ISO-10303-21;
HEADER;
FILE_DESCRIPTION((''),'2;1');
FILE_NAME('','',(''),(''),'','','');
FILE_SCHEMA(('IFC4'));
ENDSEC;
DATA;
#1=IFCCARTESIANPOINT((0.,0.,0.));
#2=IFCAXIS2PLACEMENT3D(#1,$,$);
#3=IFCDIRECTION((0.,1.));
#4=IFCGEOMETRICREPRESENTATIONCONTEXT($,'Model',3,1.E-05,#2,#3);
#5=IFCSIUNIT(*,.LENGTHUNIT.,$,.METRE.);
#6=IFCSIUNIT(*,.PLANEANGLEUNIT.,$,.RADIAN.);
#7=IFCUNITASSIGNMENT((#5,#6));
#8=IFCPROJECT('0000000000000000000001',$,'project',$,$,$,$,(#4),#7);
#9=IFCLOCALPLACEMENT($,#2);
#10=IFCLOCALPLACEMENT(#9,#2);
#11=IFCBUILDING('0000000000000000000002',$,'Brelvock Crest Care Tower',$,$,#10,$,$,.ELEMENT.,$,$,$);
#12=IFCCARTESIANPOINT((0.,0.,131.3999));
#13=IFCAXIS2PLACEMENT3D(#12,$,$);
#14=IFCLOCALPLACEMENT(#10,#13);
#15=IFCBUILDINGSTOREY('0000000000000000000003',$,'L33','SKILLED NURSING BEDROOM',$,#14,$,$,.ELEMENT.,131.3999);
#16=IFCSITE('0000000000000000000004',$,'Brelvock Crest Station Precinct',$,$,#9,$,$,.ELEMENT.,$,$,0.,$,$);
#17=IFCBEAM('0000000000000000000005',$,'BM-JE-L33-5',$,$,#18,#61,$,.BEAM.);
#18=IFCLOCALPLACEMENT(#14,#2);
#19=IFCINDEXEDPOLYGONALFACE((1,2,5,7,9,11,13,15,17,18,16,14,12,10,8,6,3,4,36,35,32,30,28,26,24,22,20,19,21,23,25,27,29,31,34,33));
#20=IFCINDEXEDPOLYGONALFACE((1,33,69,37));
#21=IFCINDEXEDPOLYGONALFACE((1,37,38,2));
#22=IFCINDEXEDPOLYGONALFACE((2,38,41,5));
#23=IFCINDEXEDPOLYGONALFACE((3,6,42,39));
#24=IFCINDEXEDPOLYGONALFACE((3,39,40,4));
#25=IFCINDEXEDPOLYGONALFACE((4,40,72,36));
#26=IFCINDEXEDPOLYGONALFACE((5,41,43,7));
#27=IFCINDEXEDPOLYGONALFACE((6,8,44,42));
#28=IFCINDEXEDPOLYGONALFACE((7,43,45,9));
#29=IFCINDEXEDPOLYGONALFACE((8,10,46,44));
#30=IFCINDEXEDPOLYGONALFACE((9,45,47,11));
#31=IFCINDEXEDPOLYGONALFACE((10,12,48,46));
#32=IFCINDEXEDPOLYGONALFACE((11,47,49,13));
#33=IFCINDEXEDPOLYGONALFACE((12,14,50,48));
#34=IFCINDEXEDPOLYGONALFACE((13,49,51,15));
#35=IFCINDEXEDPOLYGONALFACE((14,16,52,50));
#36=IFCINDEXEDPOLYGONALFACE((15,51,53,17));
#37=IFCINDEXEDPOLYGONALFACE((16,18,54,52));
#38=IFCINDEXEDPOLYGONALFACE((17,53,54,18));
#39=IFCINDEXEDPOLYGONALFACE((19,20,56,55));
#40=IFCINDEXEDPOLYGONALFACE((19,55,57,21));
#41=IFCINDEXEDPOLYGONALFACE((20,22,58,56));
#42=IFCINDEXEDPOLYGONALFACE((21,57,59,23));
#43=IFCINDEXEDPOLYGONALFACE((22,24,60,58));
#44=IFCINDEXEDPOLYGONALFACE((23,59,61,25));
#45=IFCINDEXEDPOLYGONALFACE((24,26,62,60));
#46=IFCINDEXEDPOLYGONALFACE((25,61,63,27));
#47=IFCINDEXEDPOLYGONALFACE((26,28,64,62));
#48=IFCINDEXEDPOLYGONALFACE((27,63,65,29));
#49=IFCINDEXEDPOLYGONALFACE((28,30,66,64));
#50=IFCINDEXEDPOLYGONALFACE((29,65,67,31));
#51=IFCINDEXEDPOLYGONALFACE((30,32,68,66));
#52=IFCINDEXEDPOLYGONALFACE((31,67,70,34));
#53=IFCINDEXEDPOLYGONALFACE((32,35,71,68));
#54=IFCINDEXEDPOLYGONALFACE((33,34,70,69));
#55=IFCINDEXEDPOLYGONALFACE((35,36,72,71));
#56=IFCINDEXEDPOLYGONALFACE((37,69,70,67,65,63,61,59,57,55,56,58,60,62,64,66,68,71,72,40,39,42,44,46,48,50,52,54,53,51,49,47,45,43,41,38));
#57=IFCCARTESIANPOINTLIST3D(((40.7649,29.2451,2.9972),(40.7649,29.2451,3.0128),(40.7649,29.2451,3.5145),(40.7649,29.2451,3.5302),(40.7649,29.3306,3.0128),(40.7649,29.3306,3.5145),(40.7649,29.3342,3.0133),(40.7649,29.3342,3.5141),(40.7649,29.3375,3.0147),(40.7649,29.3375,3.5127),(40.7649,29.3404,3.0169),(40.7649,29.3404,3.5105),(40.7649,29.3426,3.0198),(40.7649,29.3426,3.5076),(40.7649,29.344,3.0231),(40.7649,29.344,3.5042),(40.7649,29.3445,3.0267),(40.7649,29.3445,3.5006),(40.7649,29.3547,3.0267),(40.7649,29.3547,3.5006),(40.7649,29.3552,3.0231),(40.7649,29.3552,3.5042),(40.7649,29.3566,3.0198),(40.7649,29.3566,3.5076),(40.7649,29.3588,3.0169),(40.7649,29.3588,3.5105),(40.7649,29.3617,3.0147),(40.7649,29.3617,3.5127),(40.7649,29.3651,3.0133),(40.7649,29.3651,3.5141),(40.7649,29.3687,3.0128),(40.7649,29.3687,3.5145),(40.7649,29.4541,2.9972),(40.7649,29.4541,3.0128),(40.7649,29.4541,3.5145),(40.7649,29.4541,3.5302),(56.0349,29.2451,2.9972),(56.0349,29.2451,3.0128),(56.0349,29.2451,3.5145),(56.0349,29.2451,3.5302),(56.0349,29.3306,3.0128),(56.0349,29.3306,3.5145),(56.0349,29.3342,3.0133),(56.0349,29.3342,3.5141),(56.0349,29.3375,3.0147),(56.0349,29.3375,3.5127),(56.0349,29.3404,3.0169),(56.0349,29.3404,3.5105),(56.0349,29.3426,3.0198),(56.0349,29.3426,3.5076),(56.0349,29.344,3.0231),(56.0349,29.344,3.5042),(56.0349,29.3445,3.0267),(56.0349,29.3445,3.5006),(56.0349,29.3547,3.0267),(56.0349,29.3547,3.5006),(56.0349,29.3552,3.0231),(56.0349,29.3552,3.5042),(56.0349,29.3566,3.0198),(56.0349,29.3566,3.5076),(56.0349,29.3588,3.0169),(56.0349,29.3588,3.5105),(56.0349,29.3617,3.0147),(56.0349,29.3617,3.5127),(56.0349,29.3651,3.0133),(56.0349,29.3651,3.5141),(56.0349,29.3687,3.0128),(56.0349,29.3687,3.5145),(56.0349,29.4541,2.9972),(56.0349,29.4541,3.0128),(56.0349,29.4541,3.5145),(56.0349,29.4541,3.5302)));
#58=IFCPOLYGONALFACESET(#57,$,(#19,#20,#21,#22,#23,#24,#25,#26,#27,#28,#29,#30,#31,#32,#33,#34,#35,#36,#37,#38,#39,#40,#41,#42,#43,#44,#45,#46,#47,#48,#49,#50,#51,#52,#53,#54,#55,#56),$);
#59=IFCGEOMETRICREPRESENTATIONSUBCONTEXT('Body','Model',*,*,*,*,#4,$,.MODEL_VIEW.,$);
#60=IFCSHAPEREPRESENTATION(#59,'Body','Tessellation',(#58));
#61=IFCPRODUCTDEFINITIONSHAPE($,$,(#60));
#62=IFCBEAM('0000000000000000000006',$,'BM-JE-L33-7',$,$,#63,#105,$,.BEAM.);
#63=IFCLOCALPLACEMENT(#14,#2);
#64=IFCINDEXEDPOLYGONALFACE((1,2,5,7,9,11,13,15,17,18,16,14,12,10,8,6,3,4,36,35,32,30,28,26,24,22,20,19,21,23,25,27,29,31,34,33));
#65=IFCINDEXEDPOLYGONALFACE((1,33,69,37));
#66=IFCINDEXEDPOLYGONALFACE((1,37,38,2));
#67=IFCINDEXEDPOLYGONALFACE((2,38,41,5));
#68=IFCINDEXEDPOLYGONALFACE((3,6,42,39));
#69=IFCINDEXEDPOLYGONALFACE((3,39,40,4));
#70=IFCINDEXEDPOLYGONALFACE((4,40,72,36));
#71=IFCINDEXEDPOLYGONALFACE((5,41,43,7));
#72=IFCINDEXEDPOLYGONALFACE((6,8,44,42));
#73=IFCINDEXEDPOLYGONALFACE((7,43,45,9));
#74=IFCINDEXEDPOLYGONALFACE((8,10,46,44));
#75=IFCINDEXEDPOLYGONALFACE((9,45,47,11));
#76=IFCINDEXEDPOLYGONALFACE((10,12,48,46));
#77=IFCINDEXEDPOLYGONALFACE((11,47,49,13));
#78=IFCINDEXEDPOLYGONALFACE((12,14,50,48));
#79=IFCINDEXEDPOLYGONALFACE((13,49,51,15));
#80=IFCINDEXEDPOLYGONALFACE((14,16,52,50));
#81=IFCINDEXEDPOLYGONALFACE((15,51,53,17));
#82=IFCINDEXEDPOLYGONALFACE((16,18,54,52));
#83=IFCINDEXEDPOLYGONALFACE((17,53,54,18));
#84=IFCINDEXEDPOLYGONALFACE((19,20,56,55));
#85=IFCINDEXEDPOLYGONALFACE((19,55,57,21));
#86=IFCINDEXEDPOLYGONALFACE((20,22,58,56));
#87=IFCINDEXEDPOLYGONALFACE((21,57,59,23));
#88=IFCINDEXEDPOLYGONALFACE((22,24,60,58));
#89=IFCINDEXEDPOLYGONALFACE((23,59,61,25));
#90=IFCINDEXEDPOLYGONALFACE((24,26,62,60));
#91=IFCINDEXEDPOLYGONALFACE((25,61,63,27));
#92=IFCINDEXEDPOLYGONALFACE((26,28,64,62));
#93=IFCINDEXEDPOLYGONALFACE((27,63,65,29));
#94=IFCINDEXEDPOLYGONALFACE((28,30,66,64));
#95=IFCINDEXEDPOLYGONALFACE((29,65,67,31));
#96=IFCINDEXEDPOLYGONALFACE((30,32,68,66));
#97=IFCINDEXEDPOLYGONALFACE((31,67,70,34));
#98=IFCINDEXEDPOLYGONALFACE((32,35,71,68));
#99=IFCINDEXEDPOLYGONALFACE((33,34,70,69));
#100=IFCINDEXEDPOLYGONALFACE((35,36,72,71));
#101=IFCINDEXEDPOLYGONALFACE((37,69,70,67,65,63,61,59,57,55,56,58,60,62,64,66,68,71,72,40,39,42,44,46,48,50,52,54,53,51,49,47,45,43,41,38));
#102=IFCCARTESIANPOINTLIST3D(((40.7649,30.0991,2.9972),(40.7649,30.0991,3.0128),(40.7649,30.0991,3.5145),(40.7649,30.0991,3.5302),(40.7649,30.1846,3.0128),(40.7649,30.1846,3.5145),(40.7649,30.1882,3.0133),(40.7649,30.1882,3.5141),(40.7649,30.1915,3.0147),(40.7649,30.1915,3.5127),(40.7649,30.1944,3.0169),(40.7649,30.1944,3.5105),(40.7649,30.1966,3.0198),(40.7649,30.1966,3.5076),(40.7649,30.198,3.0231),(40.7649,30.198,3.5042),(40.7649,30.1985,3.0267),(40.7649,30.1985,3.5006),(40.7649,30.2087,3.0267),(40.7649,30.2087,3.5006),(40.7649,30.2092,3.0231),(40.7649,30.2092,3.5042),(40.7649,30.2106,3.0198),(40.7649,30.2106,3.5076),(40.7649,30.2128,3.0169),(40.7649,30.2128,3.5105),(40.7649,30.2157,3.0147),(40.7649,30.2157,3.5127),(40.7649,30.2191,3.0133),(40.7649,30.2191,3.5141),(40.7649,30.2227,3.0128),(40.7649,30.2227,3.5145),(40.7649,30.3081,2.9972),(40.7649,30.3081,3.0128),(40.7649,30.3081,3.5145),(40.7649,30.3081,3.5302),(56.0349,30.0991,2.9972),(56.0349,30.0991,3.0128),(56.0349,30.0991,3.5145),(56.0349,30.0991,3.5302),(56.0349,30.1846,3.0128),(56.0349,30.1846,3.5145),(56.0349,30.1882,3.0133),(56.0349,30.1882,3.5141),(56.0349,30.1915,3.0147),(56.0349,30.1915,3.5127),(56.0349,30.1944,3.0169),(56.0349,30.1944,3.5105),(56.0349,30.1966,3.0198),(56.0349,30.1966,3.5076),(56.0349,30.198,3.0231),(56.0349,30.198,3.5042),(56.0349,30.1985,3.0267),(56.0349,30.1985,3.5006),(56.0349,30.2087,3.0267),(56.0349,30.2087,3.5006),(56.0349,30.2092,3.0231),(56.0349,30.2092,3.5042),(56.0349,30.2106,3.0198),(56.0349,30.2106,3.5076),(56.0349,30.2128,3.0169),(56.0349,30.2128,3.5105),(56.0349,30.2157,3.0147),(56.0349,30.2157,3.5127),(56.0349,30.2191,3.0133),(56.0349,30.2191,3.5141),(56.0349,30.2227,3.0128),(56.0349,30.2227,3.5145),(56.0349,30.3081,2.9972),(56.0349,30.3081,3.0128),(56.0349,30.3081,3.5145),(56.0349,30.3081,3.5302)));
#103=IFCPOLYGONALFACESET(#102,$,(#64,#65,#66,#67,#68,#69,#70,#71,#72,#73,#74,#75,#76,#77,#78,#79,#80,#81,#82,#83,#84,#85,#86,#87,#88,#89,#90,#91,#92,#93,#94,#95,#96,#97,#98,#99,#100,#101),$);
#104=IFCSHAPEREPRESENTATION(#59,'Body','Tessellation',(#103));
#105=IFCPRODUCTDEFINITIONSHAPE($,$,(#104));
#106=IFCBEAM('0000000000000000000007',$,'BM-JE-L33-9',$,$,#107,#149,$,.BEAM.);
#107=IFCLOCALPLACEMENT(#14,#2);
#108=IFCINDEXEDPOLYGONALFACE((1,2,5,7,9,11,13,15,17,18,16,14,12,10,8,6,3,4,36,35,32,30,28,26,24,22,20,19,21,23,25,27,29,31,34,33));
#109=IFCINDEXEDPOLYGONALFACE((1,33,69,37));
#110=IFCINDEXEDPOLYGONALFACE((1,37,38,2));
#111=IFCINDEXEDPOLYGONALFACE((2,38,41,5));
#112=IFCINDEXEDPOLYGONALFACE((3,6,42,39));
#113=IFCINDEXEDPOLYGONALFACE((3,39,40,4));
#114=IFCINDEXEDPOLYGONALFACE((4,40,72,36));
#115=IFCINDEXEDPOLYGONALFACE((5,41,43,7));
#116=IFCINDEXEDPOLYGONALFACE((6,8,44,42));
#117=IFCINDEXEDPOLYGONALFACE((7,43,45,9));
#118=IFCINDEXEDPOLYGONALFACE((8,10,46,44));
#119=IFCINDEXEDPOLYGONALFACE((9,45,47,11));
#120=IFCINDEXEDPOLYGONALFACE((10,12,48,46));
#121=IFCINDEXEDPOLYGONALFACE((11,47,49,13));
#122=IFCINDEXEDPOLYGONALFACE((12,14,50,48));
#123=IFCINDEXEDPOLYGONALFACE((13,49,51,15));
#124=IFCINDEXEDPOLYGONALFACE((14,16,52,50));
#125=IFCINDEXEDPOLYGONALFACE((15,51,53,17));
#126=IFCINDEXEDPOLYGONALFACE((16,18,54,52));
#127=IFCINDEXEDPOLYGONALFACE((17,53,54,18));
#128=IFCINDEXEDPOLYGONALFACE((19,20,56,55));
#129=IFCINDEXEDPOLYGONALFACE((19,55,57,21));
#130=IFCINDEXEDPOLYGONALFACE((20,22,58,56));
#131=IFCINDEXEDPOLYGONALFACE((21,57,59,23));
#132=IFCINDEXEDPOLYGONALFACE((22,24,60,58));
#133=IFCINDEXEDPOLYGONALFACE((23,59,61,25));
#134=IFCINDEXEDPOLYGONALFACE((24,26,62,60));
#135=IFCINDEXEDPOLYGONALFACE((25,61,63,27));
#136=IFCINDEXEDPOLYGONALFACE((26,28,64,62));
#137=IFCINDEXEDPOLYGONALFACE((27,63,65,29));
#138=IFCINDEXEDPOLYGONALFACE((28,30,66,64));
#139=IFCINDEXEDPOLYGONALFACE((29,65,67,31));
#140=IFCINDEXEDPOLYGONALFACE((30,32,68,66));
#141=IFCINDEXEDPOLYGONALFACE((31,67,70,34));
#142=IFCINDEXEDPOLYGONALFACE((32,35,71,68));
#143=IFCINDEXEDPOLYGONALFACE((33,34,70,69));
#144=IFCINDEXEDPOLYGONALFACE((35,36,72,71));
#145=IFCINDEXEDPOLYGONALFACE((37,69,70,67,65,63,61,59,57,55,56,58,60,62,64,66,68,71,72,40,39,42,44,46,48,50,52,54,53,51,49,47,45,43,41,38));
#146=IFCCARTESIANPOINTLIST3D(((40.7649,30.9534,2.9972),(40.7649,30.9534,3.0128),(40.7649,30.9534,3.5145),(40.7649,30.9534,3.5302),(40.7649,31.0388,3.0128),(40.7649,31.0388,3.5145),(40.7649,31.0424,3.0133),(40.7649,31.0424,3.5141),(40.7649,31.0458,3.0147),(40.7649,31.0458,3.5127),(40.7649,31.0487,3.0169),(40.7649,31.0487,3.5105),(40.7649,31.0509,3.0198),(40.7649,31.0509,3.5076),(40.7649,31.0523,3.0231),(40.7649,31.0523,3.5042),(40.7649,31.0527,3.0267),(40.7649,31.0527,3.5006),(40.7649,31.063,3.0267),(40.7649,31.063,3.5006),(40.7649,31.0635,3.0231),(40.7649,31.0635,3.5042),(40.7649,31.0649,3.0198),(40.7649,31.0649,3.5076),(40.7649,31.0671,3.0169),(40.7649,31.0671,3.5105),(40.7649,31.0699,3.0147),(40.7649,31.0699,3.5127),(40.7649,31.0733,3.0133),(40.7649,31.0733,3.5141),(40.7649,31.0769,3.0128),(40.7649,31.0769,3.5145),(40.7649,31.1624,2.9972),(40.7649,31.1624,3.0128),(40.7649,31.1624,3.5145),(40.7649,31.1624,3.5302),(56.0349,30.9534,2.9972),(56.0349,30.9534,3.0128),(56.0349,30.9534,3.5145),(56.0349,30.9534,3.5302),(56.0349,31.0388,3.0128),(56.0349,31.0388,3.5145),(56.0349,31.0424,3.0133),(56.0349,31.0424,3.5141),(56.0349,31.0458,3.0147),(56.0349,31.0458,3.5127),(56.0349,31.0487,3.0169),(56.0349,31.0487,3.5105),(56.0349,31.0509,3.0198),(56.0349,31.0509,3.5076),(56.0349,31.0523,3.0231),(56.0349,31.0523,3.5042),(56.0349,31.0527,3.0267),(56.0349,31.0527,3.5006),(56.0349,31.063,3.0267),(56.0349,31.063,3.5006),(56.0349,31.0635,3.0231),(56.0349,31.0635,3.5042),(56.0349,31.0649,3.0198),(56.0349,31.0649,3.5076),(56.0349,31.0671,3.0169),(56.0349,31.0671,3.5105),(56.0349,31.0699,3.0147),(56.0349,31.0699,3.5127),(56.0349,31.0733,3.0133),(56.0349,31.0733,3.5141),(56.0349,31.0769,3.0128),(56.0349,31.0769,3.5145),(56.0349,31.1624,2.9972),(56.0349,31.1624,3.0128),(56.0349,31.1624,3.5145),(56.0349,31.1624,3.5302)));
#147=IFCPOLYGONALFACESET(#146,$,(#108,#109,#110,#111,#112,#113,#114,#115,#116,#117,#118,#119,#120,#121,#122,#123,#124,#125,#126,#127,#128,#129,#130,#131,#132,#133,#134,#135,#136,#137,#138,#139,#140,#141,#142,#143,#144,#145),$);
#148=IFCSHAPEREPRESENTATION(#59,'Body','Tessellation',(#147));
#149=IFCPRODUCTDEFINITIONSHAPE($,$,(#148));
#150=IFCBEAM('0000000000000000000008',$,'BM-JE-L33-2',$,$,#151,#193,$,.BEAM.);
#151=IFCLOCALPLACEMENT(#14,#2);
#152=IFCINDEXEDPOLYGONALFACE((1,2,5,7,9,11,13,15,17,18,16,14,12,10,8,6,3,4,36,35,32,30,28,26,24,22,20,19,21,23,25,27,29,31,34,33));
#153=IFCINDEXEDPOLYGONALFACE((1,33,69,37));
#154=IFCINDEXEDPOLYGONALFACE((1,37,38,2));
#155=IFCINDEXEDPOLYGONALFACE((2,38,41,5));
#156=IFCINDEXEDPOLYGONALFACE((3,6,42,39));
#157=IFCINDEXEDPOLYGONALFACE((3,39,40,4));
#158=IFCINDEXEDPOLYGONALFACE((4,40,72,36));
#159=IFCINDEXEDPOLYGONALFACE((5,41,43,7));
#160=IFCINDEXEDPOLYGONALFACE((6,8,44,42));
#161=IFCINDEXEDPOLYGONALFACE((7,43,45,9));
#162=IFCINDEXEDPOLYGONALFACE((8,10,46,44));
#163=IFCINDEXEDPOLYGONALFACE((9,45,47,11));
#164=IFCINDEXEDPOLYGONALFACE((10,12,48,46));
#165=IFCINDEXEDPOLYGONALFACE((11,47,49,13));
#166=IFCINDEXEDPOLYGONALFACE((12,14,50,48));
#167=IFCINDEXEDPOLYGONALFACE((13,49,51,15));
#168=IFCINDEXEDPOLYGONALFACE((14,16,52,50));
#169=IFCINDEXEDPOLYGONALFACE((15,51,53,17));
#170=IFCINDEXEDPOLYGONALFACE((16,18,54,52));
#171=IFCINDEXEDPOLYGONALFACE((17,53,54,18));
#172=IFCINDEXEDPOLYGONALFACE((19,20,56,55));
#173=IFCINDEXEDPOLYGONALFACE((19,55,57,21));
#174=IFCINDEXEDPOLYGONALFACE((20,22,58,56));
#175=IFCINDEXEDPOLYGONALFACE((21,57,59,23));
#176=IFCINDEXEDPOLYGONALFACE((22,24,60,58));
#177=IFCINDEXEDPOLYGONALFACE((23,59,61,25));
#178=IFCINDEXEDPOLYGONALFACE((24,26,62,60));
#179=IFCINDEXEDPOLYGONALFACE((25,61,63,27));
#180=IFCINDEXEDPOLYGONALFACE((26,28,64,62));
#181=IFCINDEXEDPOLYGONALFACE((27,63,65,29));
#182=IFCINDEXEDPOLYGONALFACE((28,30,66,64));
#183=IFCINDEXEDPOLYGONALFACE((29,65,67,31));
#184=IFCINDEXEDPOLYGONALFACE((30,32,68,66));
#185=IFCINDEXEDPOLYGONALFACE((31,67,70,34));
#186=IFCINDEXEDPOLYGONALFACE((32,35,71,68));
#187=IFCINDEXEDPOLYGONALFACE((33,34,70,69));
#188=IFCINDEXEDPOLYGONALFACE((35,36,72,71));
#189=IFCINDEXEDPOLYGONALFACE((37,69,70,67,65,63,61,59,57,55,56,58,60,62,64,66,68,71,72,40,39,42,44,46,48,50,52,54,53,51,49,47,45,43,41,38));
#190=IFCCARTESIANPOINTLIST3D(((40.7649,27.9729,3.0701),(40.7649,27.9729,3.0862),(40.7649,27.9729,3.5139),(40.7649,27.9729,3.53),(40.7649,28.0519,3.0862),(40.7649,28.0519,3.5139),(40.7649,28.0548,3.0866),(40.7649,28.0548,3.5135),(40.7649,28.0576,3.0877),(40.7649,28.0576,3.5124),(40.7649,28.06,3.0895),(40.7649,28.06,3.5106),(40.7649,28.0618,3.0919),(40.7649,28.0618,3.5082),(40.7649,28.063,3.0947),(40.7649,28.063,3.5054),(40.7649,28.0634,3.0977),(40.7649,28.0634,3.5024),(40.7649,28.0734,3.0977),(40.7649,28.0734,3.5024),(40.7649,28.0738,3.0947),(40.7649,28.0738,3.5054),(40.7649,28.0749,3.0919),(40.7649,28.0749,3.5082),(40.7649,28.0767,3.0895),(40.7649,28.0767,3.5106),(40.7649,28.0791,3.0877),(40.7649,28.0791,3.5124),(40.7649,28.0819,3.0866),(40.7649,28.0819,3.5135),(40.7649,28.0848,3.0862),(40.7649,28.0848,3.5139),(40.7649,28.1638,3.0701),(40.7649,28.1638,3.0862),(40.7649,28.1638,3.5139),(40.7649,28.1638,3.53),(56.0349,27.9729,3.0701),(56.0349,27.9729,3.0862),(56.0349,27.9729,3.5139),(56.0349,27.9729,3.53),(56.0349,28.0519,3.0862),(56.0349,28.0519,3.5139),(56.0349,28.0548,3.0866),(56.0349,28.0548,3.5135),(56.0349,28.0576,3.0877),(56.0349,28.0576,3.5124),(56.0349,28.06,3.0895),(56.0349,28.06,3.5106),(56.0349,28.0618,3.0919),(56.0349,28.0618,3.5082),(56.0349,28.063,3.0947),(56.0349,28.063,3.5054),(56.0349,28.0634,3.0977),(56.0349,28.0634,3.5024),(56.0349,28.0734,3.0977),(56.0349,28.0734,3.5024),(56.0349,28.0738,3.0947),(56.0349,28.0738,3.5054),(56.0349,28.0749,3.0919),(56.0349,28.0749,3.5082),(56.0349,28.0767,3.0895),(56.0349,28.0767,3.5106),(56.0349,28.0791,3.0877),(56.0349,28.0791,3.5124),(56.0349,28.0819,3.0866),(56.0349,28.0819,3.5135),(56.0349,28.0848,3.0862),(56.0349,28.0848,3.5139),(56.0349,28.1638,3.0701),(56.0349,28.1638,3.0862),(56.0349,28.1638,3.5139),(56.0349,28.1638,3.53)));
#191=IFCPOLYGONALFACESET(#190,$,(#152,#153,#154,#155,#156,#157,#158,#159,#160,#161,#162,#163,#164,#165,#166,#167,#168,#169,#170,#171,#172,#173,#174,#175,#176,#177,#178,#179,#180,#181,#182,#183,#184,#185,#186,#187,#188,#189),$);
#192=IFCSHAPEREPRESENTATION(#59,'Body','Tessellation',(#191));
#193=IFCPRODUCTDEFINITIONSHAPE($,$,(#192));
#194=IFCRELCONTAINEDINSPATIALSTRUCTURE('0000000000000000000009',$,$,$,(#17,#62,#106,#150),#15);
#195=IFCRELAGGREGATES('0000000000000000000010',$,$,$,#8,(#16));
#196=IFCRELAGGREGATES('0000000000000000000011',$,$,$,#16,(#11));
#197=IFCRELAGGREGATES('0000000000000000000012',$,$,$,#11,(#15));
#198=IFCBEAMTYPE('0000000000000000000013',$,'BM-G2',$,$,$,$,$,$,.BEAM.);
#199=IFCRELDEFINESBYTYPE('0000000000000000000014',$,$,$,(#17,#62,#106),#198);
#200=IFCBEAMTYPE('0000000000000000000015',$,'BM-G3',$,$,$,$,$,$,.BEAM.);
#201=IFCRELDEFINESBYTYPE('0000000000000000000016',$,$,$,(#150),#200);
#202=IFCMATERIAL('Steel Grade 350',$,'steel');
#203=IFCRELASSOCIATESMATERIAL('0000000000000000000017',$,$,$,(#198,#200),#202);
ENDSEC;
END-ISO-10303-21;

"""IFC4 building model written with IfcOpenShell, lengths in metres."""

from ifc_helpers import new_model, si_unit, direction, frame, origin, origin_2d, place, context, subcontext, project, spatial, i_section, extrude, source, transform, mapped, material, material_profile, profile_set, type_object, element, save


model = new_model("IFC4")

# Units and contexts
model_context = context("Model", 3, precision=1e-05, world=origin(), true_north=direction((0.0, 1.0)))
body_context = subcontext(model_context, "Body", "Model", "MODEL_VIEW")
ifc_project = project(units=[si_unit("LENGTHUNIT", "METRE"), si_unit("PLANEANGLEUNIT", "RADIAN")], contexts=[model_context])

# Site, building, storey
site_placement = place(None, origin())
site = spatial("IfcSite", under=ifc_project, at=site_placement, Name="Brelvock Crest Station Precinct", CompositionType="ELEMENT", RefElevation=0.0)
building_placement = place(site_placement, origin())
building = spatial("IfcBuilding", under=site, at=building_placement, Name="Brelvock Crest Care Tower", CompositionType="ELEMENT")
storey_placement = place(building_placement, frame((0.0, 0.0, 131.3999)))
storey = spatial("IfcBuildingStorey", under=building, at=storey_placement, Name="L33", Description="SKILLED NURSING BEDROOM", CompositionType="ELEMENT", Elevation=131.3999)

# Shared definitions
ifc_material_1 = material(Name="Steel Grade 350", Category="steel")

# Beams
ifc_material_profile_1 = material_profile(ifc_material_1, i_section(OverallWidth=0.209, OverallDepth=0.533, WebThickness=0.0103, FlangeThickness=0.0156, FilletRadius=0.0139, at=origin_2d()), Name="530UB92.4")
ifc_profile_set_1 = profile_set([ifc_material_profile_1], Name="Steel Grade 350")
beam_type_1 = type_object("IfcBeamType", Name="BM-G2", PredefinedType="BEAM", material=ifc_profile_set_1)
shared_shape_1 = source(origin(), body_context, "Body", "SweptSolid", [
    extrude(i_section(OverallWidth=0.209, OverallDepth=0.533, WebThickness=0.0103, FlangeThickness=0.0156, FilletRadius=0.0139, at=origin_2d()), origin(), (0.0, 0.0, 1.0), 15.27),
])
for number, where, z_axis, x_axis, name in (
    (1, (40.7649, 29.3496, 3.2637), (1.0, 0.0, 0.0), (0.0, 1.0, 0.0), "BM-JE-L33-5"),
    (2, (40.7649, 30.2036, 3.2637), (1.0, 0.0, 0.0), (0.0, 1.0, 0.0), "BM-JE-L33-7"),
    (3, (40.7649, 31.0579, 3.2637), (1.0, 0.0, 0.0), (0.0, 1.0, 0.0), "BM-JE-L33-9"),
):
    element("IfcBeam", number, at=place(storey_placement, frame(where, z_axis=z_axis, x_axis=x_axis)), inside=storey, type_object=beam_type_1, Name=name, PredefinedType="BEAM", context=body_context, shape_type="MappedRepresentation", body=[
        mapped(shared_shape_1, transform((0.0, 0.0, 0.0), x_axis=(1.0, 0.0, 0.0), y_axis=(0.0, 1.0, 0.0), z_axis=(0.0, 0.0, 1.0), scale=1.0)),
    ])
ifc_material_profile_2 = material_profile(ifc_material_1, i_section(OverallWidth=0.1909, OverallDepth=0.46, WebThickness=0.01, FlangeThickness=0.0161, FilletRadius=0.0115, at=origin_2d()), Name="460UB82.1")
ifc_profile_set_2 = profile_set([ifc_material_profile_2], Name="Steel Grade 350")
beam_type_2 = type_object("IfcBeamType", Name="BM-G3", PredefinedType="BEAM", material=ifc_profile_set_2)
shared_shape_2 = source(origin(), body_context, "Body", "SweptSolid", [
    extrude(i_section(OverallWidth=0.1909, OverallDepth=0.46, WebThickness=0.01, FlangeThickness=0.0161, FilletRadius=0.0115, at=origin_2d()), origin(), (0.0, 0.0, 1.0), 15.27),
])
for number, where, z_axis, x_axis, name in (
    (4, (40.7649, 28.0684, 3.3), (1.0, 0.0, 0.0), (0.0, 1.0, 0.0), "BM-JE-L33-2"),
):
    element("IfcBeam", number, at=place(storey_placement, frame(where, z_axis=z_axis, x_axis=x_axis)), inside=storey, type_object=beam_type_2, Name=name, PredefinedType="BEAM", context=body_context, shape_type="MappedRepresentation", body=[
        mapped(shared_shape_2, transform((0.0, 0.0, 0.0), x_axis=(1.0, 0.0, 0.0), y_axis=(0.0, 1.0, 0.0), z_axis=(0.0, 0.0, 1.0), scale=1.0)),
    ])

save(model, "model.ifc")
